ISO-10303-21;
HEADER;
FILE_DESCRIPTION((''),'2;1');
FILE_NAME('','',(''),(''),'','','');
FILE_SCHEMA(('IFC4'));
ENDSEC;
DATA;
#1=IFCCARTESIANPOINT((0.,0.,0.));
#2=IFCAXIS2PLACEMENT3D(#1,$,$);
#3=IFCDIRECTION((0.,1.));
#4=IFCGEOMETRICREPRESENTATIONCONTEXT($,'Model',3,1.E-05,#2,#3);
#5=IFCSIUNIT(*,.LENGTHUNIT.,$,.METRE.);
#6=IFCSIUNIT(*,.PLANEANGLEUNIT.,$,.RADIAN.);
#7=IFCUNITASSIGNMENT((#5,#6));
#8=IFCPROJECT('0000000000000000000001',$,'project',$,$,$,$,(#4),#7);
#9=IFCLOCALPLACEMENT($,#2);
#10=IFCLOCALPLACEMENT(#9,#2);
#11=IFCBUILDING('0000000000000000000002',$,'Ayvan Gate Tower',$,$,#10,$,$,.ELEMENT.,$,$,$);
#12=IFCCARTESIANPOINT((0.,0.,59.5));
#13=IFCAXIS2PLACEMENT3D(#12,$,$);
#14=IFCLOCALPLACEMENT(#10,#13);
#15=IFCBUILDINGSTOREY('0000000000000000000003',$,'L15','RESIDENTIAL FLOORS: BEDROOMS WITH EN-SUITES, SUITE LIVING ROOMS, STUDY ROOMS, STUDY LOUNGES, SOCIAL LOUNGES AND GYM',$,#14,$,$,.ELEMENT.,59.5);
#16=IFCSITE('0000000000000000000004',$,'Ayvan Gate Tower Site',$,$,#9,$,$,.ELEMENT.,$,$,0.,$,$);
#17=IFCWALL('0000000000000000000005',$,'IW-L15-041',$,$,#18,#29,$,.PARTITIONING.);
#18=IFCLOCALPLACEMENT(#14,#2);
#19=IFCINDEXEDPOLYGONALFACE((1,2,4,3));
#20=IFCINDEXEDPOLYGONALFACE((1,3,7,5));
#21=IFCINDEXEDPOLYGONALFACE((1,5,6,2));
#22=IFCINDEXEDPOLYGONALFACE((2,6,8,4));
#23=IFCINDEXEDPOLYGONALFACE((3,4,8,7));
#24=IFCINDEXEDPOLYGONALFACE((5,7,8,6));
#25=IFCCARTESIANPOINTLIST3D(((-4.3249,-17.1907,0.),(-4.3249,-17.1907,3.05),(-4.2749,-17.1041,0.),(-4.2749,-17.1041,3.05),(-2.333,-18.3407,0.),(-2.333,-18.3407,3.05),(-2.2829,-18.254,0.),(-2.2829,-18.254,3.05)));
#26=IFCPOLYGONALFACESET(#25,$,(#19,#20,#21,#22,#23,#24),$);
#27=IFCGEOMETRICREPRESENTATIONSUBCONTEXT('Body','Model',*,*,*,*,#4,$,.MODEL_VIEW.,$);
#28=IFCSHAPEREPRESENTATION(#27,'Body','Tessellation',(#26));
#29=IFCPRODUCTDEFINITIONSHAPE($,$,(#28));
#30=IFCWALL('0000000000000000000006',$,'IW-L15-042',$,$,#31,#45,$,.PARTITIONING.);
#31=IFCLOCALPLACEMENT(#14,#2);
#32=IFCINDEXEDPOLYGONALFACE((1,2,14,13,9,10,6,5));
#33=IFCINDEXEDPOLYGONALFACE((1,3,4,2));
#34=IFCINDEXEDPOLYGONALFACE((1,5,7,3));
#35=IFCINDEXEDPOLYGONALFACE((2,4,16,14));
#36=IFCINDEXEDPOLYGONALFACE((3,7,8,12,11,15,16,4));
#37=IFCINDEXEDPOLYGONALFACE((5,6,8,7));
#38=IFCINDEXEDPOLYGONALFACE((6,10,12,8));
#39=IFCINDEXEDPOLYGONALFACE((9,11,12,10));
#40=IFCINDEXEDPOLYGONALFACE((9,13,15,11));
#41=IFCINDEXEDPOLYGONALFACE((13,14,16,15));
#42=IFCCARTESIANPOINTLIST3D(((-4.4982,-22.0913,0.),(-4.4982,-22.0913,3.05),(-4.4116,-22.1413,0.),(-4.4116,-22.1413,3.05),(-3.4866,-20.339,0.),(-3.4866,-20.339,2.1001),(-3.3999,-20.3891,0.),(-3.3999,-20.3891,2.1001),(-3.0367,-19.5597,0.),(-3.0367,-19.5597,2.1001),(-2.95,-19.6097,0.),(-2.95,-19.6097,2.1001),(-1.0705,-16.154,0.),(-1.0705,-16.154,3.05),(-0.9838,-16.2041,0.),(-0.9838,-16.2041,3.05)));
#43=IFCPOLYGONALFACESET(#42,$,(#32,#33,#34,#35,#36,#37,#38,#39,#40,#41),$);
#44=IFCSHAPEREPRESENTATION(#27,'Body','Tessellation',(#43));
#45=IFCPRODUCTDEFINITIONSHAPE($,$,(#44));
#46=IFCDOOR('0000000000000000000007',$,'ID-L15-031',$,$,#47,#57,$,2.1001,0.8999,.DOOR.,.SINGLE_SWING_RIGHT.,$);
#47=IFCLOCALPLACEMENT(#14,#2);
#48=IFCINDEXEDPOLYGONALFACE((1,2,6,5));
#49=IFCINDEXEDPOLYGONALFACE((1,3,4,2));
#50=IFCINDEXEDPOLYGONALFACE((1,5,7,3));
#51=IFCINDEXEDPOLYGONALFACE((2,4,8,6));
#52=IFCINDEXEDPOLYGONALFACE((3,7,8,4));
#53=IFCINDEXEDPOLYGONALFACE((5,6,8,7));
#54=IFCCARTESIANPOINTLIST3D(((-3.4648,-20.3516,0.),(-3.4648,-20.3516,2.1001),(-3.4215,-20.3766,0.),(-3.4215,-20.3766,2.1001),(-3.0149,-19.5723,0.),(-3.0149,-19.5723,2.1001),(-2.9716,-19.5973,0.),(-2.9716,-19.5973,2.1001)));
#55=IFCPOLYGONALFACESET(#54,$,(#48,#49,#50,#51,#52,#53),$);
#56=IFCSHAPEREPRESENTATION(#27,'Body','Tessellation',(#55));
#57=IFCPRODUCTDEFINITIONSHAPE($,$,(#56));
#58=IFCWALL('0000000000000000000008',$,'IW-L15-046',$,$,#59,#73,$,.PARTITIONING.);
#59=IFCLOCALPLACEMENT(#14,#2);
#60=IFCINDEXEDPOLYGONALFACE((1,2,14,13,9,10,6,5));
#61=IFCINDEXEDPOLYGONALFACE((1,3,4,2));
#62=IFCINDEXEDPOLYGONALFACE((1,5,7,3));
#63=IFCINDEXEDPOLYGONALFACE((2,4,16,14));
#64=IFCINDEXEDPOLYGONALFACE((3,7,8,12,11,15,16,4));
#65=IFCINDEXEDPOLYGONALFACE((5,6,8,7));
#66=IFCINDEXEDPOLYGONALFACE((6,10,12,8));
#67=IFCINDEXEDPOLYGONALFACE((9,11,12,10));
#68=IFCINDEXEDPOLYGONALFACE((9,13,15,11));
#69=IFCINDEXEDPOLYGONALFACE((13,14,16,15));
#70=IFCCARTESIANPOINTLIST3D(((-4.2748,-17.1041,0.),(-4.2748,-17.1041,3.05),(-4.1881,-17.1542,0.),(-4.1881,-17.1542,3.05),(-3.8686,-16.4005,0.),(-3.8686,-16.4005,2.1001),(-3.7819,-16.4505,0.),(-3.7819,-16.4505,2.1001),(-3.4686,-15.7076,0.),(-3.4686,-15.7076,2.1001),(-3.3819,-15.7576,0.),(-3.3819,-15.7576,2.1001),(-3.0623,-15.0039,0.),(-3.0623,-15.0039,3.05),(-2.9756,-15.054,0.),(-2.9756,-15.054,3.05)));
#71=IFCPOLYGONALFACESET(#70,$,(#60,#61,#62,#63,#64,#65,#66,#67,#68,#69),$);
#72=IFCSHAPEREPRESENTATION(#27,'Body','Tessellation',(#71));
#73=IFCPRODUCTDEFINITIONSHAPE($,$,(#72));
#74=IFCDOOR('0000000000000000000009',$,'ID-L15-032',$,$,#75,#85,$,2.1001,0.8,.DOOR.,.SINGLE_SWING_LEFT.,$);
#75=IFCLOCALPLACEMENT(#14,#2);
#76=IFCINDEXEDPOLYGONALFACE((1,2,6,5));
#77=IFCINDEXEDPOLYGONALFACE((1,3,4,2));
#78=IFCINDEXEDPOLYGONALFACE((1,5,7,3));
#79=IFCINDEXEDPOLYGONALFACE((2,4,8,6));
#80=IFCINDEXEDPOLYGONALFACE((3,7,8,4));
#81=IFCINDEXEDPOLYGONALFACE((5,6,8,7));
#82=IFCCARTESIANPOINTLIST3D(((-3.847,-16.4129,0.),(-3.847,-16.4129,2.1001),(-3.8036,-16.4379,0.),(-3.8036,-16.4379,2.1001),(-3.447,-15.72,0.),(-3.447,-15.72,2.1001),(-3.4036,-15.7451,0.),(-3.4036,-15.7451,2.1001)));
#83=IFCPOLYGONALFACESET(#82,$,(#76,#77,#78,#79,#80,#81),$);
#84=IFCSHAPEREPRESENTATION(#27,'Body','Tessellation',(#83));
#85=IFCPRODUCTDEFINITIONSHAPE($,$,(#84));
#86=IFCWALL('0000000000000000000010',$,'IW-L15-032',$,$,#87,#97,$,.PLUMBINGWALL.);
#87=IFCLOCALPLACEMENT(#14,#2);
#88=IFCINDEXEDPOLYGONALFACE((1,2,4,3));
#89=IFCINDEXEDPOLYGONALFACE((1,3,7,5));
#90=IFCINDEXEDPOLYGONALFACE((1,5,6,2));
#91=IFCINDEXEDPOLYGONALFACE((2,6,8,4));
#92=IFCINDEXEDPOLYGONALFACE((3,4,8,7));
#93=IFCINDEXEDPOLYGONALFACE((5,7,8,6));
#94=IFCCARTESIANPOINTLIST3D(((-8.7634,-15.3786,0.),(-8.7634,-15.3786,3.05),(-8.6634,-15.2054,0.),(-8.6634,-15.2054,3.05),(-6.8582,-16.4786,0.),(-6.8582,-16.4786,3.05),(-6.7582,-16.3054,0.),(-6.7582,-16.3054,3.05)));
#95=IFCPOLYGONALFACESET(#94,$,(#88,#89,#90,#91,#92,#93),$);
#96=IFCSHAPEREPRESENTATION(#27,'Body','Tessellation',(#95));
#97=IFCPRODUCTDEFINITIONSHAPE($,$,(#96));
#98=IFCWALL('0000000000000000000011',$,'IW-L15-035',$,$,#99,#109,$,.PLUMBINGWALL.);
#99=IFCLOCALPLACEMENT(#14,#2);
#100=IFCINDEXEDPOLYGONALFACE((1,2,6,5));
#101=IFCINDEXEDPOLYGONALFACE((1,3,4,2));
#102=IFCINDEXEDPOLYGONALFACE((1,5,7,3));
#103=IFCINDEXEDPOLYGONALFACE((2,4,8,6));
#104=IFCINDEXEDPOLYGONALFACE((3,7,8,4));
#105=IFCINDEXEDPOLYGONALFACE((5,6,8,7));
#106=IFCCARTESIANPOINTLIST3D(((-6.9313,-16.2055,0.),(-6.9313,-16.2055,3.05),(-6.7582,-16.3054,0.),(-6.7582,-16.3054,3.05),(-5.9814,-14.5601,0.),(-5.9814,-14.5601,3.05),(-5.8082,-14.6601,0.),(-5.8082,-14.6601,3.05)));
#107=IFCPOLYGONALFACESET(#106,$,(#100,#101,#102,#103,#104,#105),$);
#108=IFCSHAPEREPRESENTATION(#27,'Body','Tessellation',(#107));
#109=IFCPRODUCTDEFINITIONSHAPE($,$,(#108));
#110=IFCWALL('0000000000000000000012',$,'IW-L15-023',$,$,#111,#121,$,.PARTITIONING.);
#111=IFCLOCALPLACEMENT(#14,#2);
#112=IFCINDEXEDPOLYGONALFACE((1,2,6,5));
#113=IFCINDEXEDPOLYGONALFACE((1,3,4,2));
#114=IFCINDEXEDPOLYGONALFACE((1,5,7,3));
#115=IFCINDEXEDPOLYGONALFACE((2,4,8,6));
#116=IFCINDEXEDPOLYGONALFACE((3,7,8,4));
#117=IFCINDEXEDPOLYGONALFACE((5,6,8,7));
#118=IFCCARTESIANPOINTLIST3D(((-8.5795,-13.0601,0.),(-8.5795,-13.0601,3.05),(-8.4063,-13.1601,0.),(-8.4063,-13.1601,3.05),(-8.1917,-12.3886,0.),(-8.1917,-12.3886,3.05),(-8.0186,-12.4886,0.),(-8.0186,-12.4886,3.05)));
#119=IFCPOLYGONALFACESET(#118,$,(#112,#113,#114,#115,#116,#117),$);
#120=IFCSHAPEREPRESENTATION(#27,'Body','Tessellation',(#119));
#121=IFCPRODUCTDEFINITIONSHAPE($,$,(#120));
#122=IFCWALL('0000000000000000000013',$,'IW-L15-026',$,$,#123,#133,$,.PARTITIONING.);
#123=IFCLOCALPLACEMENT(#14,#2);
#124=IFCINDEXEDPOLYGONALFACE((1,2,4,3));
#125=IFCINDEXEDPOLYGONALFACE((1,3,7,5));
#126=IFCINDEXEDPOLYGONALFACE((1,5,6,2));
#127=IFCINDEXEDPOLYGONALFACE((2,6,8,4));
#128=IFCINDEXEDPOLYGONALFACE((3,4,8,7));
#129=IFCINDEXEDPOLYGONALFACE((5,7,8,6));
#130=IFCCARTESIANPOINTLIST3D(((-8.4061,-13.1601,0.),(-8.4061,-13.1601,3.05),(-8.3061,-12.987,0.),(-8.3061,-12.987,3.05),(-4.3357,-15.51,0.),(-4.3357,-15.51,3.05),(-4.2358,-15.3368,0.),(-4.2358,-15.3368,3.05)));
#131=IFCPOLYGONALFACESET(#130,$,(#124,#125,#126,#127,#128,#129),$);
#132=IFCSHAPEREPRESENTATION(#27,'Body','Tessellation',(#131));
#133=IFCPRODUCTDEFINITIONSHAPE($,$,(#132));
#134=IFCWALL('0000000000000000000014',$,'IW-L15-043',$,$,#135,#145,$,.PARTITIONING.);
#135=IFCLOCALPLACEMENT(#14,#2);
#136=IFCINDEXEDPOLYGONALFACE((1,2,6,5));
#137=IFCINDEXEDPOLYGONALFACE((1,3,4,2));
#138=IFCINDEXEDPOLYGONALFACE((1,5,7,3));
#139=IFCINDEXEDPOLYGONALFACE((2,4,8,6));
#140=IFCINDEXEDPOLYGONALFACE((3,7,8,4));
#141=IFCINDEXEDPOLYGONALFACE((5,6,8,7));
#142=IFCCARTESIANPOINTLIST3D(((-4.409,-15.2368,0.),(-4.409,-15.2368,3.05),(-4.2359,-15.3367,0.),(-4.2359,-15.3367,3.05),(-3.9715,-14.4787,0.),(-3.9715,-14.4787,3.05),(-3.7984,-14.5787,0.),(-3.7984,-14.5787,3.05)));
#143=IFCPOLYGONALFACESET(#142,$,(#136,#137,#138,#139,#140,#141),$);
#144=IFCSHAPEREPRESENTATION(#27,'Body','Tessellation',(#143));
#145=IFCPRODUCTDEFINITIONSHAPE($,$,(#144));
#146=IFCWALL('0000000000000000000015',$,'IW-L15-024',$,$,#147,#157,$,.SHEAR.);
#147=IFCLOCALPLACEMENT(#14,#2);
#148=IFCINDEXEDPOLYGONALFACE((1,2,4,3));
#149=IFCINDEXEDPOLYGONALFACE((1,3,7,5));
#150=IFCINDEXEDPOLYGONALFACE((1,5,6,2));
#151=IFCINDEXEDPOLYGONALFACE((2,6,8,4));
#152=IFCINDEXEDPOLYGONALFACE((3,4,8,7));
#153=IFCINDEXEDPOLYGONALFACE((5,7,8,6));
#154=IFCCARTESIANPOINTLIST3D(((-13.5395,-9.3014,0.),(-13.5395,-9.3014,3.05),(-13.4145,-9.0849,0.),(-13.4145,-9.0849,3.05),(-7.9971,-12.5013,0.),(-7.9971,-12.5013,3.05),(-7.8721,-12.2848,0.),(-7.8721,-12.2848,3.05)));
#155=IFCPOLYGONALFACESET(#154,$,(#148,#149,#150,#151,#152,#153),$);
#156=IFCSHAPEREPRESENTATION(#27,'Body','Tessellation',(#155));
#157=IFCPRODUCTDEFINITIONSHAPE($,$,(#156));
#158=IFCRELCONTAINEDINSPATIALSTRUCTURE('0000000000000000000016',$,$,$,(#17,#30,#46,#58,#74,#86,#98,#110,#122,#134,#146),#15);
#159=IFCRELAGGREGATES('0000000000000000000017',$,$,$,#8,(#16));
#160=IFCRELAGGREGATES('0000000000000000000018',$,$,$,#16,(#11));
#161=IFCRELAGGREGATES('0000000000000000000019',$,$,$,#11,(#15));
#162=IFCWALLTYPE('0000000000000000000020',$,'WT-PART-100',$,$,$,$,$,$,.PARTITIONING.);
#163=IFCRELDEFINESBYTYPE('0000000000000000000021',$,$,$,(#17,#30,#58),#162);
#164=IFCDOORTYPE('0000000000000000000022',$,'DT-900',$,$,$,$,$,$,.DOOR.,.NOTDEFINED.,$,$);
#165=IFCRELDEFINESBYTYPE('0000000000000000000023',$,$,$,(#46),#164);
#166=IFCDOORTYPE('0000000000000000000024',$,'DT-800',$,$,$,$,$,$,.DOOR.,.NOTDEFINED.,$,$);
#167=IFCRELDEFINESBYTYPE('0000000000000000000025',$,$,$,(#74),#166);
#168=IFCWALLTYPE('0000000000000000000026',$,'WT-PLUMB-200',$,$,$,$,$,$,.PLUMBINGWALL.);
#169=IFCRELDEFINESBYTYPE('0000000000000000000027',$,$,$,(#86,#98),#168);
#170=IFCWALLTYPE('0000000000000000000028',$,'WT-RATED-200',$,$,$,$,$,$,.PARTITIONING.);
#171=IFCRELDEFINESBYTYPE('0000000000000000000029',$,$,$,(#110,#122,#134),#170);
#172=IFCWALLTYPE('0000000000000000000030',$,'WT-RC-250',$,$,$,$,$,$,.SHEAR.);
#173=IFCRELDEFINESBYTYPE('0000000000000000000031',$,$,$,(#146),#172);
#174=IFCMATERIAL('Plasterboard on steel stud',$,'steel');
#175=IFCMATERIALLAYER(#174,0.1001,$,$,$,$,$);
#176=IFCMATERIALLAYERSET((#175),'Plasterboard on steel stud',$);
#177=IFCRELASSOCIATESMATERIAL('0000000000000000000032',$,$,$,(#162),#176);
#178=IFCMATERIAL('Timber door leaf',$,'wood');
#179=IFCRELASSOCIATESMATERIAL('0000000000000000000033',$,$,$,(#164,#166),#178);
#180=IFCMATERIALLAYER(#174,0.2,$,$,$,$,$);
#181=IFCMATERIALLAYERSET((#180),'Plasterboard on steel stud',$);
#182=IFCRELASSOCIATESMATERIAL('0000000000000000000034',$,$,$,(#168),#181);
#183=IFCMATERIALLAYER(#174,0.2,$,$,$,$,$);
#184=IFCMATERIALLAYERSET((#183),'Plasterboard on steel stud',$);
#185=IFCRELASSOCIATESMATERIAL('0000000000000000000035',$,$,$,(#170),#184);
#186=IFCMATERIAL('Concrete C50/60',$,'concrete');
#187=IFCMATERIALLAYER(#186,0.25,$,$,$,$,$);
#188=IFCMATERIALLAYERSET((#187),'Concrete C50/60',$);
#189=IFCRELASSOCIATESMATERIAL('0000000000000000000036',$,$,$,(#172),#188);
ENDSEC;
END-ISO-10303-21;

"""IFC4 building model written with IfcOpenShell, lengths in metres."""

from ifc_helpers import new_model, si_unit, direction, frame, frame_2d, origin, place, context, subcontext, project, spatial, rectangle, extrude, material, layer, layer_set, type_object, element, fill, save


model = new_model("IFC4")

# Units and contexts
model_context = context("Model", 3, precision=1e-05, world=origin(), true_north=direction((0.0, 1.0)))
body_context = subcontext(model_context, "Body", "Model", "MODEL_VIEW")
ifc_project = project(units=[si_unit("LENGTHUNIT", "METRE"), si_unit("PLANEANGLEUNIT", "RADIAN")], contexts=[model_context])

# Site, building, storey
site_placement = place(None, origin())
site = spatial("IfcSite", under=ifc_project, at=site_placement, Name="Ayvan Gate Tower Site", CompositionType="ELEMENT", RefElevation=0.0)
building_placement = place(site_placement, origin())
building = spatial("IfcBuilding", under=site, at=building_placement, Name="Ayvan Gate Tower", CompositionType="ELEMENT")
storey_placement = place(building_placement, frame((0.0, 0.0, 59.5)))
storey = spatial("IfcBuildingStorey", under=building, at=storey_placement, Name="L15", Description="RESIDENTIAL FLOORS: BEDROOMS WITH EN-SUITES, SUITE LIVING ROOMS, STUDY ROOMS, STUDY LOUNGES, SOCIAL LOUNGES AND GYM", CompositionType="ELEMENT", Elevation=59.5)

# Wall
ifc_material_1 = material(Name="Plasterboard on steel stud", Category="steel")
ifc_layer_1 = layer(ifc_material_1, 0.1001)
ifc_layer_set_1 = layer_set([ifc_layer_1], Name="Plasterboard on steel stud")
wall_type_1 = type_object("IfcWallType", Name="WT-PART-100", PredefinedType="PARTITIONING", material=ifc_layer_set_1)
wall_1_placement = place(storey_placement, frame((-4.2998, -17.1475, 0.0), z_axis=(0.0, 0.0, 1.0), x_axis=(0.866053, -0.499952, 0.0)))
element("IfcWall", 1, at=wall_1_placement, inside=storey, type_object=wall_type_1, Name="IW-L15-041", PredefinedType="PARTITIONING", context=body_context, shape_type="SweptSolid", body=[
    extrude(rectangle(XDim=2.3, YDim=0.1001, at=frame_2d((1.1499, 0.0))), origin(), (0.0, 0.0, 1.0), 3.05),
])

# Walls, openings, doors
wall_2_placement = place(storey_placement, frame((-4.4548, -22.1162, 0.0), z_axis=(0.0, 0.0, 1.0), x_axis=(0.499984, 0.866034, 0.0)))
wall_2 = element("IfcWall", 2, at=wall_2_placement, inside=storey, type_object=wall_type_1, Name="IW-L15-042", PredefinedType="PARTITIONING", context=body_context, shape_type="SweptSolid", body=[
    extrude(rectangle(XDim=6.8557, YDim=0.1001, at=frame_2d((3.4277, 0.0))), origin(), (0.0, 0.0, 1.0), 3.05),
])
opening_1_placement = place(wall_2_placement, frame((2.0232, 0.0, 0.0)))
opening_1 = element("IfcOpeningElement", 3, at=opening_1_placement, cuts=wall_2, PredefinedType="OPENING", context=body_context, shape_type="SweptSolid", body=[
    extrude(rectangle(XDim=0.8999, YDim=2.1001, at=frame_2d((0.45, 1.05))), frame((0.0, 0.0601, 0.0), z_axis=(0.0, -1.0, 0.0), x_axis=(1.0, 0.0, 0.0)), (0.0, 0.0, 1.0), 0.1201),
])
ifc_material_2 = material(Name="Timber door leaf", Category="wood")
door_type_1 = type_object("IfcDoorType", Name="DT-900", OperationType="NOTDEFINED", PredefinedType="DOOR", material=ifc_material_2)
door_1_placement = place(opening_1_placement, origin())
door_1 = element("IfcDoor", 4, at=door_1_placement, inside=storey, type_object=door_type_1, Name="ID-L15-031", OperationType="SINGLE_SWING_RIGHT", OverallHeight=2.1001, OverallWidth=0.8999, PredefinedType="DOOR", context=body_context, shape_type="SweptSolid", body=[
    extrude(rectangle(XDim=0.8999, YDim=2.1001, at=frame_2d((0.45, 1.05))), frame((0.0, 0.0249, 0.0), z_axis=(0.0, -1.0, 0.0), x_axis=(1.0, 0.0, 0.0)), (0.0, 0.0, 1.0), 0.05),
])
fill(opening_1, door_1)
wall_3_placement = place(storey_placement, frame((-3.019, -15.0291, 0.0), z_axis=(0.0, 0.0, 1.0), x_axis=(-0.499972, -0.866041, 0.0)))
wall_3 = element("IfcWall", 5, at=wall_3_placement, inside=storey, type_object=wall_type_1, Name="IW-L15-046", PredefinedType="PARTITIONING", context=body_context, shape_type="SweptSolid", body=[
    extrude(rectangle(XDim=2.425, YDim=0.1001, at=frame_2d((1.2124, 0.0))), origin(), (0.0, 0.0, 1.0), 3.05),
])
opening_2_placement = place(wall_3_placement, frame((0.8125, 0.0, 0.0)))
opening_2 = element("IfcOpeningElement", 6, at=opening_2_placement, cuts=wall_3, PredefinedType="OPENING", context=body_context, shape_type="SweptSolid", body=[
    extrude(rectangle(XDim=0.8, YDim=2.1001, at=frame_2d((0.3999, 1.05))), frame((0.0, 0.0601, 0.0), z_axis=(0.0, -1.0, 0.0), x_axis=(1.0, 0.0, 0.0)), (0.0, 0.0, 1.0), 0.1201),
])
door_type_2 = type_object("IfcDoorType", Name="DT-800", OperationType="NOTDEFINED", PredefinedType="DOOR", material=ifc_material_2)
door_2_placement = place(opening_2_placement, origin())
door_2 = element("IfcDoor", 7, at=door_2_placement, inside=storey, type_object=door_type_2, Name="ID-L15-032", OperationType="SINGLE_SWING_LEFT", OverallHeight=2.1001, OverallWidth=0.8, PredefinedType="DOOR", context=body_context, shape_type="SweptSolid", body=[
    extrude(rectangle(XDim=0.8, YDim=2.1001, at=frame_2d((0.3999, 1.05))), frame((0.0, 0.0249, 0.0), z_axis=(0.0, -1.0, 0.0), x_axis=(1.0, 0.0, 0.0)), (0.0, 0.0, 1.0), 0.05),
])
fill(opening_2, door_2)

# Walls
ifc_layer_2 = layer(ifc_material_1, 0.2)
ifc_layer_set_2 = layer_set([ifc_layer_2], Name="Plasterboard on steel stud")
wall_type_2 = type_object("IfcWallType", Name="WT-PLUMB-200", PredefinedType="PLUMBINGWALL", material=ifc_layer_set_2)
wall_4_placement = place(storey_placement, frame((-6.8081, -16.3921, 0.0), z_axis=(0.0, 0.0, 1.0), x_axis=(-0.866008, 0.50003, 0.0)))
element("IfcWall", 8, at=wall_4_placement, inside=storey, type_object=wall_type_2, Name="IW-L15-032", PredefinedType="PLUMBINGWALL", context=body_context, shape_type="SweptSolid", body=[
    extrude(rectangle(XDim=2.2, YDim=0.2, at=frame_2d((1.1001, 0.0))), origin(), (0.0, 0.0, 1.0), 3.05),
])
wall_5_placement = place(storey_placement, frame((-5.8948, -14.6101, 0.0), z_axis=(0.0, 0.0, 1.0), x_axis=(-0.500023, -0.866012, 0.0)))
element("IfcWall", 9, at=wall_5_placement, inside=storey, type_object=wall_type_2, Name="IW-L15-035", PredefinedType="PLUMBINGWALL", context=body_context, shape_type="SweptSolid", body=[
    extrude(rectangle(XDim=1.8999, YDim=0.2, at=frame_2d((0.95, 0.0))), origin(), (0.0, 0.0, 1.0), 3.05),
])
ifc_layer_3 = layer(ifc_material_1, 0.2)
ifc_layer_set_3 = layer_set([ifc_layer_3], Name="Plasterboard on steel stud")
wall_type_3 = type_object("IfcWallType", Name="WT-RATED-200", PredefinedType="PARTITIONING", material=ifc_layer_set_3)
wall_6_placement = place(storey_placement, frame((-8.4929, -13.1101, 0.0), z_axis=(0.0, 0.0, 1.0), x_axis=(0.500068, 0.865986, 0.0)))
element("IfcWall", 10, at=wall_6_placement, inside=storey, type_object=wall_type_3, Name="IW-L15-023", PredefinedType="PARTITIONING", context=body_context, shape_type="SweptSolid", body=[
    extrude(rectangle(XDim=0.7754, YDim=0.2, at=frame_2d((0.3877, 0.0))), origin(), (0.0, 0.0, 1.0), 3.05),
])
wall_7_placement = place(storey_placement, frame((-8.3562, -13.0735, 0.0), z_axis=(0.0, 0.0, 1.0), x_axis=(0.866039, -0.499977, 0.0)))
element("IfcWall", 11, at=wall_7_placement, inside=storey, type_object=wall_type_3, Name="IW-L15-026", PredefinedType="PARTITIONING", context=body_context, shape_type="SweptSolid", body=[
    extrude(rectangle(XDim=4.7, YDim=0.2, at=frame_2d((2.3501, 0.0))), origin(), (0.0, 0.0, 1.0), 3.05),
])
wall_8_placement = place(storey_placement, frame((-3.885, -14.5288, 0.0), z_axis=(0.0, 0.0, 1.0), x_axis=(-0.499859, -0.866107, 0.0)))
element("IfcWall", 12, at=wall_8_placement, inside=storey, type_object=wall_type_3, Name="IW-L15-043", PredefinedType="PARTITIONING", context=body_context, shape_type="SweptSolid", body=[
    extrude(rectangle(XDim=0.8752, YDim=0.2, at=frame_2d((0.4375, 0.0))), origin(), (0.0, 0.0, 1.0), 3.05),
])
ifc_material_3 = material(Name="Concrete C50/60", Category="concrete")
ifc_layer_4 = layer(ifc_material_3, 0.25)
ifc_layer_set_4 = layer_set([ifc_layer_4], Name="Concrete C50/60")
wall_type_4 = type_object("IfcWallType", Name="WT-RC-250", PredefinedType="SHEAR", material=ifc_layer_set_4)
wall_9_placement = place(storey_placement, frame((-7.9346, -12.3931, 0.0), z_axis=(0.0, 0.0, 1.0), x_axis=(-0.866025, 0.5, 0.0)))
element("IfcWall", 13, at=wall_9_placement, inside=storey, type_object=wall_type_4, Name="IW-L15-024", PredefinedType="SHEAR", context=body_context, shape_type="SweptSolid", body=[
    extrude(rectangle(XDim=6.3999, YDim=0.25, at=frame_2d((3.2, 0.0))), origin(), (0.0, 0.0, 1.0), 3.05),
])

save(model, "model.ifc")
